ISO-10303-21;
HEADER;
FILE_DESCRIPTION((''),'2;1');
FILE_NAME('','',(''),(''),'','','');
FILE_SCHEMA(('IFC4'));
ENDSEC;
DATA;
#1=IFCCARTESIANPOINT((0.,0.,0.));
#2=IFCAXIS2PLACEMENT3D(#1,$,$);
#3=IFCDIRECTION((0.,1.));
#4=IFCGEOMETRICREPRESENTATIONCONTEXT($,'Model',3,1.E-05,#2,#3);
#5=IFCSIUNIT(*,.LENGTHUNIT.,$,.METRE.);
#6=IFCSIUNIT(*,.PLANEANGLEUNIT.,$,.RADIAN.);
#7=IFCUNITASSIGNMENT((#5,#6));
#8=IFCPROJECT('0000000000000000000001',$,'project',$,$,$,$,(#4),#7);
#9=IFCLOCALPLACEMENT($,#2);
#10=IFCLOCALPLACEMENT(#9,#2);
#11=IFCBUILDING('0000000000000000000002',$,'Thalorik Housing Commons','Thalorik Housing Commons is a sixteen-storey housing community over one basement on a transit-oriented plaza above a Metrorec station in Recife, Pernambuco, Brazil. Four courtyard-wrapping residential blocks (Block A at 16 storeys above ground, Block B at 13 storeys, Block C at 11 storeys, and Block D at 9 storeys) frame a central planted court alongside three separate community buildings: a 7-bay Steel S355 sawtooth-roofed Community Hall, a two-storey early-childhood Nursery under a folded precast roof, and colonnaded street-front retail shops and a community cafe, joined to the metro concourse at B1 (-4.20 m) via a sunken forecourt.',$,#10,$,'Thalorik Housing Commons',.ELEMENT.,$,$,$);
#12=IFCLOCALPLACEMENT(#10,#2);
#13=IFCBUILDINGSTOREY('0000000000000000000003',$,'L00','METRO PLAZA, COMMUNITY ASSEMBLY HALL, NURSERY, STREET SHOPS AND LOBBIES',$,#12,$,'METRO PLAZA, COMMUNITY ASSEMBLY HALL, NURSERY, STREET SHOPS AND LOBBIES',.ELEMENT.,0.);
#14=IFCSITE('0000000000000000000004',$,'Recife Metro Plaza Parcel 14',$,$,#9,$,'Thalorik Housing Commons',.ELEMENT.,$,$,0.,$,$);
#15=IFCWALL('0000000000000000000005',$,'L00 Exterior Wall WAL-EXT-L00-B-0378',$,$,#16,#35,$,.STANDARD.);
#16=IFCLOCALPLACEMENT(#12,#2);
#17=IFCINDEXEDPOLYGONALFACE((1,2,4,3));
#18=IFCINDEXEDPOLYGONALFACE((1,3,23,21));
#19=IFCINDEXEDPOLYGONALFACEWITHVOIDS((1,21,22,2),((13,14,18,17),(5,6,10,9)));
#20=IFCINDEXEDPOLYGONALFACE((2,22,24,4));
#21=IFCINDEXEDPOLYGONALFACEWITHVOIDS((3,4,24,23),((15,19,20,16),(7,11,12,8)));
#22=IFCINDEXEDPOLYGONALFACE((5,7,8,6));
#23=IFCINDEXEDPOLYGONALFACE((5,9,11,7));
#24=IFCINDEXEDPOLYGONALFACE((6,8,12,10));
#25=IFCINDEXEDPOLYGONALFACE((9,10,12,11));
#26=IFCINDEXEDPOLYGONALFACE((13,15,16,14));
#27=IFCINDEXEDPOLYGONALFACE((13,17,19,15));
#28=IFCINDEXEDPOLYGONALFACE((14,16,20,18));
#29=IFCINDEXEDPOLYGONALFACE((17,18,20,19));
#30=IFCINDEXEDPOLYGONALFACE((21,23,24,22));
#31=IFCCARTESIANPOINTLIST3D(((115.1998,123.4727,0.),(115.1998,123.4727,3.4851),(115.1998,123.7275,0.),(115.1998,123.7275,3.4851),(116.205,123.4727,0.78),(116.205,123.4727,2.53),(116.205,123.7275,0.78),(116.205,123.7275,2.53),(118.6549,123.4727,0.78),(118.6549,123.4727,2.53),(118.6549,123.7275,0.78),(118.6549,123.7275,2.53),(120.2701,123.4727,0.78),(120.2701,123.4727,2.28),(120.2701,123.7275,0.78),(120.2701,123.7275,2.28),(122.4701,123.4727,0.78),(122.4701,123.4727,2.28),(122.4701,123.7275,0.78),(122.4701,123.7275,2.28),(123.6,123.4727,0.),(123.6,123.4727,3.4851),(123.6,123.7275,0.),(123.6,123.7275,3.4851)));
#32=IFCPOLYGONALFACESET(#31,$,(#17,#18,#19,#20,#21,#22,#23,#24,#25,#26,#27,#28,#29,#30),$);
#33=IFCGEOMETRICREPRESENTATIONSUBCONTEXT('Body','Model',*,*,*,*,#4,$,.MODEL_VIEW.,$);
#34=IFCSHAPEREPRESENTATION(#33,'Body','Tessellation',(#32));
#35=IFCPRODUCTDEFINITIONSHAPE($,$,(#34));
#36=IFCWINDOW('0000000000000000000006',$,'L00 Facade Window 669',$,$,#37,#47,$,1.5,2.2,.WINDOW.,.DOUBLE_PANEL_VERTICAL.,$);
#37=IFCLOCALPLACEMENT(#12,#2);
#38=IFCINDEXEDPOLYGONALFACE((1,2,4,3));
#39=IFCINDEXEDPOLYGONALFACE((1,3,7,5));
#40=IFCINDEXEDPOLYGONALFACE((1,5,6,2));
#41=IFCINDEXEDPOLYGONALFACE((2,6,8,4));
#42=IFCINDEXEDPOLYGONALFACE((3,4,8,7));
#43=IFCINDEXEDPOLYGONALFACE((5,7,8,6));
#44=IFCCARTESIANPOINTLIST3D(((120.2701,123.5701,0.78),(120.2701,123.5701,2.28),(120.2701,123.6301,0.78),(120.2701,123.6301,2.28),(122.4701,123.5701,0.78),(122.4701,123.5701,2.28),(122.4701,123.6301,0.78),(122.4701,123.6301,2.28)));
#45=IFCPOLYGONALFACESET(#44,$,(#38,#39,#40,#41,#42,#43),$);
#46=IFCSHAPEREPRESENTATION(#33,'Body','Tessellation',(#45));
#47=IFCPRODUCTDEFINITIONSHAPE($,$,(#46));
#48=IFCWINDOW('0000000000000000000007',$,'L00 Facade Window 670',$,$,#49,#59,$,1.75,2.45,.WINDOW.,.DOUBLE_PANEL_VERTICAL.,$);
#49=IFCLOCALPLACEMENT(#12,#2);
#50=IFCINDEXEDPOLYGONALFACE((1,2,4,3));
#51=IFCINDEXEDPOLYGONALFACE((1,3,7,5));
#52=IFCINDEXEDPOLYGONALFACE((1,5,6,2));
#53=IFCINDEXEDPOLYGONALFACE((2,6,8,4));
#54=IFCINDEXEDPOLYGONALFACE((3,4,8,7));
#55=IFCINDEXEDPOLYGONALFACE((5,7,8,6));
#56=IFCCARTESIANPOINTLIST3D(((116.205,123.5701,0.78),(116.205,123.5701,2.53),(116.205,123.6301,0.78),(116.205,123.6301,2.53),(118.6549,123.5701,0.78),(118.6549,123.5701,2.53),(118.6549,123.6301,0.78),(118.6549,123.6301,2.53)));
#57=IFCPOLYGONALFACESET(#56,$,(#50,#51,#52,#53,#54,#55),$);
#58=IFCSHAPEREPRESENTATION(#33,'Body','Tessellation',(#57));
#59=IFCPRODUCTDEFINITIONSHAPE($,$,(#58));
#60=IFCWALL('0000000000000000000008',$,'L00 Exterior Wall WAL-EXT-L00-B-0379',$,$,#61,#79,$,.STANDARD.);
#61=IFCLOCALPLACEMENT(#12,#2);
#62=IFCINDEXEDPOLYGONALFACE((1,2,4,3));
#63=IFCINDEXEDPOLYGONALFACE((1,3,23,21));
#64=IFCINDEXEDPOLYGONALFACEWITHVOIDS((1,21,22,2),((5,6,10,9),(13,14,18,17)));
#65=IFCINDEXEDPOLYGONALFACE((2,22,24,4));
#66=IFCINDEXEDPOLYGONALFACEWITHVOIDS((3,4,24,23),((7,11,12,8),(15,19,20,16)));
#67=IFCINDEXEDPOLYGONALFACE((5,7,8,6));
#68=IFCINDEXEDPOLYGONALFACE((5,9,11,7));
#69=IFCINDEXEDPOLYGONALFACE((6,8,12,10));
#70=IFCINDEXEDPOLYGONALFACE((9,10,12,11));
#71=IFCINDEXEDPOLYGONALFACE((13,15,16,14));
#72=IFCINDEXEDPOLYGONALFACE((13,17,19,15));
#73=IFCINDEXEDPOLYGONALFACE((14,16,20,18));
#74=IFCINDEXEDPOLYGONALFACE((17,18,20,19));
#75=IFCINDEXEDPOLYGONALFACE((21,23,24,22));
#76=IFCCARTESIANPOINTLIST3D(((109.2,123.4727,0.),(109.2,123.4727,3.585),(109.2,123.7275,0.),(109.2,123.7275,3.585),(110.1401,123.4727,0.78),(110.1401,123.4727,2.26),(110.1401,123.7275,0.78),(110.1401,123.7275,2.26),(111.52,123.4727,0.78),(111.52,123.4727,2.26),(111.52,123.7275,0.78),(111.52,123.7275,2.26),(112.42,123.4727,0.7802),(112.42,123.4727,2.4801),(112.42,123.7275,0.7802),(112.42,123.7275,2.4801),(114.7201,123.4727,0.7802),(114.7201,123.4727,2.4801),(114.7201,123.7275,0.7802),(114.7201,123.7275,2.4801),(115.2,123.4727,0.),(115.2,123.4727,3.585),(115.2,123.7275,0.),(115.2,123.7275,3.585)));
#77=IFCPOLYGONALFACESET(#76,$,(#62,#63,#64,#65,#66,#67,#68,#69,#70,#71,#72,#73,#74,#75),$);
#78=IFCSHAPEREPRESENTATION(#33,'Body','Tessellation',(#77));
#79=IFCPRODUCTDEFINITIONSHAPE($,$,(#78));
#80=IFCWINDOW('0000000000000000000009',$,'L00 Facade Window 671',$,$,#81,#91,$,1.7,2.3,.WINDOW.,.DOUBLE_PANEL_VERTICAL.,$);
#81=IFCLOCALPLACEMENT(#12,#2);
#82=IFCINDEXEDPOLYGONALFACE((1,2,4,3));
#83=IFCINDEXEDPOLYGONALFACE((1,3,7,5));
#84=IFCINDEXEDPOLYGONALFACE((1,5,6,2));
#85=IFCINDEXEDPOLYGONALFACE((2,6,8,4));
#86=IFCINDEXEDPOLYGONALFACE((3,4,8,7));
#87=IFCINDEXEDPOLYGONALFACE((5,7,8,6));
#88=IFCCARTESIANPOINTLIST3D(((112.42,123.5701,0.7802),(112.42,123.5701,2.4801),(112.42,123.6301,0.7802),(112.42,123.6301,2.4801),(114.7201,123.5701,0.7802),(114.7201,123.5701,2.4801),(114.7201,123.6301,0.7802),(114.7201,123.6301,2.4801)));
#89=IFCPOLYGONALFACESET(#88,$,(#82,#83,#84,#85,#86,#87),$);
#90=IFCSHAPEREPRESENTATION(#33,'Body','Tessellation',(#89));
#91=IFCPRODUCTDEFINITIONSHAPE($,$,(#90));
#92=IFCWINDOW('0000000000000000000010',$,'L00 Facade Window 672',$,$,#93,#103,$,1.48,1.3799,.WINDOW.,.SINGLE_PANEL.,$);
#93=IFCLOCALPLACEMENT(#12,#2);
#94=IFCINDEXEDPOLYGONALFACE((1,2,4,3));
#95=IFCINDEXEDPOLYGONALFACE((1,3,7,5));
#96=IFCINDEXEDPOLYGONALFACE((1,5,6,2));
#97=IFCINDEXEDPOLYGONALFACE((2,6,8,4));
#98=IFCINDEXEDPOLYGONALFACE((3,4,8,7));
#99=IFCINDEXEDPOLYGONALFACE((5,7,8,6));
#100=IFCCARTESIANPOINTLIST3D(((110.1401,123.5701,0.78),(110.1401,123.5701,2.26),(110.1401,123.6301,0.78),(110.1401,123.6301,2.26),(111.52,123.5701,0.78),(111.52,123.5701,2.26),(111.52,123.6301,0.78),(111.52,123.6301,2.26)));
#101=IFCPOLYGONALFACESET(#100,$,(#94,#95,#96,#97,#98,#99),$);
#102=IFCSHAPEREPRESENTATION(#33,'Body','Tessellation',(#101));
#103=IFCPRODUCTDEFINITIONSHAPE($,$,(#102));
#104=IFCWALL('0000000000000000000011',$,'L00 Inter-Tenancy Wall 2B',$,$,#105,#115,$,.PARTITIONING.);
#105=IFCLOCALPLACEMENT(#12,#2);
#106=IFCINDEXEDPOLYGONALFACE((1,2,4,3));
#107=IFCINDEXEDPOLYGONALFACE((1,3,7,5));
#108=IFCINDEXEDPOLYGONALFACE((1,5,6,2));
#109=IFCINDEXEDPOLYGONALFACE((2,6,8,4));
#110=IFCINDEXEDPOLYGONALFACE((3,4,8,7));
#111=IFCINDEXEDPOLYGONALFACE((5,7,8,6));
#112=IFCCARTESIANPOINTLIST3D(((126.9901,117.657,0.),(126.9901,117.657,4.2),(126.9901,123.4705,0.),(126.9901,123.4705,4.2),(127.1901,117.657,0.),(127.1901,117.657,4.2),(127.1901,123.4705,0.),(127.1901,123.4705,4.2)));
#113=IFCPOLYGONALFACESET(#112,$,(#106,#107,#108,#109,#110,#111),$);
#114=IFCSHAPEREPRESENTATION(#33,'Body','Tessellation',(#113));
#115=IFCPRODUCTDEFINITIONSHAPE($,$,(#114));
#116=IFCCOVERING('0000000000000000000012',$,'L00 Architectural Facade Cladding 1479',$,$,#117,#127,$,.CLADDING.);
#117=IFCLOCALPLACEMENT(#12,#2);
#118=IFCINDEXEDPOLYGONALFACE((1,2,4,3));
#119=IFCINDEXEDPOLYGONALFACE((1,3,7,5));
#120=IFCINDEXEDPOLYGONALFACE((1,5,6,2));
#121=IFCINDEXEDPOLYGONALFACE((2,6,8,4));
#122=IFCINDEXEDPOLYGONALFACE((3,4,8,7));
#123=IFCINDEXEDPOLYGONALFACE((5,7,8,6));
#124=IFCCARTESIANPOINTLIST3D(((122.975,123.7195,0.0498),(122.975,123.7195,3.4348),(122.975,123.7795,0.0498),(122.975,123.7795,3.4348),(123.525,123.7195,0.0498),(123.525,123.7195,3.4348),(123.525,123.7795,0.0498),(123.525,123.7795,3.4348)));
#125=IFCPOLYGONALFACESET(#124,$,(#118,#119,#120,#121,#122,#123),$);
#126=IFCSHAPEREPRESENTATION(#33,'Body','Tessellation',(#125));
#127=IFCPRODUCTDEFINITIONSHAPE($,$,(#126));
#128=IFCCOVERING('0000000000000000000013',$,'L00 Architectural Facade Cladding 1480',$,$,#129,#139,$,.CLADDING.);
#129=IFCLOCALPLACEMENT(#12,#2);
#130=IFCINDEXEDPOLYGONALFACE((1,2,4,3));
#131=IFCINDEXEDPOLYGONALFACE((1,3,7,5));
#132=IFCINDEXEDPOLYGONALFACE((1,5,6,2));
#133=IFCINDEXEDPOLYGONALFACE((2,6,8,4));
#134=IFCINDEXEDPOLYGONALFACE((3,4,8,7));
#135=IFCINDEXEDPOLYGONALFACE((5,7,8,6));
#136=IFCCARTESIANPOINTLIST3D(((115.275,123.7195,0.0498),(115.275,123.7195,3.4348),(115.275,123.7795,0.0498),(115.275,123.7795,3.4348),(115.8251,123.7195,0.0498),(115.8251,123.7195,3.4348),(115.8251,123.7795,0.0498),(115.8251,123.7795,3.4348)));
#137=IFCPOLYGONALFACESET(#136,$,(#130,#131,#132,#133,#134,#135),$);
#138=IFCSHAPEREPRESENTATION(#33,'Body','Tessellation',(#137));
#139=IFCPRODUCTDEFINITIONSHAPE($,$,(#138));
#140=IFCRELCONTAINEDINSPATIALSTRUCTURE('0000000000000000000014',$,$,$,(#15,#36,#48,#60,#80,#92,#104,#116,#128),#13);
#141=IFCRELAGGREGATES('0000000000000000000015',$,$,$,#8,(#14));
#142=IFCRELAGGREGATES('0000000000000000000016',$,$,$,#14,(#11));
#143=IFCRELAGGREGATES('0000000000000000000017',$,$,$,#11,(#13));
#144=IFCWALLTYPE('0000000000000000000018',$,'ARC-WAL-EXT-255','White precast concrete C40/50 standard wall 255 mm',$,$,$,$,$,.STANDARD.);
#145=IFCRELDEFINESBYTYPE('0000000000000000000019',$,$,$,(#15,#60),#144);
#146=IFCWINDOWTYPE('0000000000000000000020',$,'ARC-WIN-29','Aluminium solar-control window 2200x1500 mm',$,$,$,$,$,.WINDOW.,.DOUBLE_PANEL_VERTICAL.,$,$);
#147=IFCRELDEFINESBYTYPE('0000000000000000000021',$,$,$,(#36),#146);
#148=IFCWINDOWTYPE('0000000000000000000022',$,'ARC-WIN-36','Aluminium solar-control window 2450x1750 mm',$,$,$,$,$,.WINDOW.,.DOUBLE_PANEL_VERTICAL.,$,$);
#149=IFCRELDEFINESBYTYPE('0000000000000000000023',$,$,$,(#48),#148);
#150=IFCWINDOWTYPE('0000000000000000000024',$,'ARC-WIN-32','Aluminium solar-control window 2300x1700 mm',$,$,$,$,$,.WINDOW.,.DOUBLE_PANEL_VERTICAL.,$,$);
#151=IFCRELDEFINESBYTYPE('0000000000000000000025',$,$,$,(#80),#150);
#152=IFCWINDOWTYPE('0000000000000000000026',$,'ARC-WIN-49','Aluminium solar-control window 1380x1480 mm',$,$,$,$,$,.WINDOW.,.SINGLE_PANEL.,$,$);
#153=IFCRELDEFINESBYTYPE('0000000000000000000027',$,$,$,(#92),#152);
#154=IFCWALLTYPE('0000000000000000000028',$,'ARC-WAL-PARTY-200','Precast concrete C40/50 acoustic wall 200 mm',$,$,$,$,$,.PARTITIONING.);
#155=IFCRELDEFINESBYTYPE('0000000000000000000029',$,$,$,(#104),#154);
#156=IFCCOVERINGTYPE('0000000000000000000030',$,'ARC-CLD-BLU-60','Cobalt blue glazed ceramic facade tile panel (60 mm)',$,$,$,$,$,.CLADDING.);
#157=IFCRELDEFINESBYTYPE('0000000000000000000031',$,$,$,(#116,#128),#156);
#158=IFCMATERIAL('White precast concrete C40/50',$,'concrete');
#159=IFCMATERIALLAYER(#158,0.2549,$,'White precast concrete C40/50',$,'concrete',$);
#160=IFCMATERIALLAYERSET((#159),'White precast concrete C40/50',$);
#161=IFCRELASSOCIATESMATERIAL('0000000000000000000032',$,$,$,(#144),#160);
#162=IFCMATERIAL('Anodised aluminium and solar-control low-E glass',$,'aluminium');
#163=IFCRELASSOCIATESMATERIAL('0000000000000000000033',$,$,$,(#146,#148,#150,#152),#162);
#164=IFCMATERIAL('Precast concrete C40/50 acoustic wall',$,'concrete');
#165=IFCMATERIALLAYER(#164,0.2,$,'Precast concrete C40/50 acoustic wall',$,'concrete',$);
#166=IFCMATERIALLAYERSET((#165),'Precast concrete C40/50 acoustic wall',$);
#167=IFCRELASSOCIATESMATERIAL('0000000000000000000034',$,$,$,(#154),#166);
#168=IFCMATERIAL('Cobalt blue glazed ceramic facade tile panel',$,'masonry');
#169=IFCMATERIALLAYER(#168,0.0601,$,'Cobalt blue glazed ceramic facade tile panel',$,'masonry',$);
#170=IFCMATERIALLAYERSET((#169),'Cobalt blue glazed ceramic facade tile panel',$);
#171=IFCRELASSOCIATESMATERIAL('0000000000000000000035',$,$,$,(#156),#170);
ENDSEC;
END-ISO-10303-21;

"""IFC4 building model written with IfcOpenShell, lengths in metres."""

from ifc_helpers import new_model, si_unit, direction, frame, frame_2d, origin, origin_2d, place, context, subcontext, project, spatial, rectangle, extrude, material, layer, layer_set, type_object, element, fill, save


model = new_model("IFC4")

# Units and contexts
model_context = context("Model", 3, precision=1e-05, world=origin(), true_north=direction((0.0, 1.0)))
body_context = subcontext(model_context, "Body", "Model", "MODEL_VIEW")
ifc_project = project(units=[si_unit("LENGTHUNIT", "METRE"), si_unit("PLANEANGLEUNIT", "RADIAN")], contexts=[model_context])

# Site, building, storey
site_placement = place(None, origin())
site = spatial("IfcSite", under=ifc_project, at=site_placement, Name="Recife Metro Plaza Parcel 14", LongName="Thalorik Housing Commons", CompositionType="ELEMENT", RefElevation=0.0)
building_placement = place(site_placement, origin())
building = spatial("IfcBuilding", under=site, at=building_placement, Name="Thalorik Housing Commons", Description="Thalorik Housing Commons is a sixteen-storey housing community over one basement on a transit-oriented plaza above a Metrorec station in Recife, Pernambuco, Brazil. Four courtyard-wrapping residential blocks (Block A at 16 storeys above ground, Block B at 13 storeys, Block C at 11 storeys, and Block D at 9 storeys) frame a central planted court alongside three separate community buildings: a 7-bay Steel S355 sawtooth-roofed Community Hall, a two-storey early-childhood Nursery under a folded precast roof, and colonnaded street-front retail shops and a community cafe, joined to the metro concourse at B1 (-4.20 m) via a sunken forecourt.", LongName="Thalorik Housing Commons", CompositionType="ELEMENT")
storey_placement = place(building_placement, origin())
storey = spatial("IfcBuildingStorey", under=building, at=storey_placement, Name="L00", Description="METRO PLAZA, COMMUNITY ASSEMBLY HALL, NURSERY, STREET SHOPS AND LOBBIES", LongName="METRO PLAZA, COMMUNITY ASSEMBLY HALL, NURSERY, STREET SHOPS AND LOBBIES", CompositionType="ELEMENT", Elevation=0.0)

# Walls, openings, windows
ifc_material_1 = material(Name="White precast concrete C40/50", Category="concrete")
ifc_layer_1 = layer(ifc_material_1, 0.2549, Name="White precast concrete C40/50", Category="concrete")
ifc_layer_set_1 = layer_set([ifc_layer_1], Name="White precast concrete C40/50")
wall_type_1 = type_object("IfcWallType", Name="ARC-WAL-EXT-255", Description="White precast concrete C40/50 standard wall 255 mm", PredefinedType="STANDARD", material=ifc_layer_set_1)
ifc_material_2 = material(Name="Anodised aluminium and solar-control low-E glass", Category="aluminium")
wall_1_placement = place(storey_placement, frame((123.6001, 123.6001, 0.0), z_axis=(0.0, 0.0, 1.0), x_axis=(-1.0, 0.0, 0.0)))
wall_1 = element("IfcWall", 1, at=wall_1_placement, inside=storey, type_object=wall_type_1, Name="L00 Exterior Wall WAL-EXT-L00-B-0378", PredefinedType="STANDARD", context=body_context, shape_type="SweptSolid", body=[
    extrude(rectangle(XDim=8.4001, YDim=0.2549, at=frame_2d((4.2002, 0.0))), origin(), (0.0, 0.0, 1.0), 3.4851),
])
opening_1_placement = place(wall_1_placement, frame((1.1299, 0.0, 0.78)))
opening_1 = element("IfcOpeningElement", 2, at=opening_1_placement, cuts=wall_1, PredefinedType="OPENING", context=body_context, shape_type="SweptSolid", body=[
    extrude(rectangle(XDim=2.2, YDim=1.5, at=frame_2d((1.1001, 0.75))), frame((0.0, 0.1375, 0.0), z_axis=(0.0, -1.0, 0.0), x_axis=(1.0, 0.0, 0.0)), (0.0, 0.0, 1.0), 0.2749),
])
opening_2_placement = place(wall_1_placement, frame((4.9451, 0.0, 0.78)))
opening_2 = element("IfcOpeningElement", 3, at=opening_2_placement, cuts=wall_1, PredefinedType="OPENING", context=body_context, shape_type="SweptSolid", body=[
    extrude(rectangle(XDim=2.45, YDim=1.75, at=frame_2d((1.2251, 0.875))), frame((0.0, 0.1375, 0.0), z_axis=(0.0, -1.0, 0.0), x_axis=(1.0, 0.0, 0.0)), (0.0, 0.0, 1.0), 0.2749),
])
window_type_1 = type_object("IfcWindowType", Name="ARC-WIN-29", Description="Aluminium solar-control window 2200x1500 mm", PartitioningType="DOUBLE_PANEL_VERTICAL", PredefinedType="WINDOW", material=ifc_material_2)
window_1_placement = place(opening_1_placement, origin())
window_1 = element("IfcWindow", 4, at=window_1_placement, inside=storey, type_object=window_type_1, Name="L00 Facade Window 669", OverallHeight=1.5, OverallWidth=2.2, PartitioningType="DOUBLE_PANEL_VERTICAL", PredefinedType="WINDOW", context=body_context, shape_type="SweptSolid", body=[
    extrude(rectangle(XDim=2.2, YDim=1.5, at=frame_2d((1.1001, 0.75))), frame((0.0, 0.03, 0.0), z_axis=(0.0, -1.0, 0.0), x_axis=(1.0, 0.0, 0.0)), (0.0, 0.0, 1.0), 0.0601),
])
fill(opening_1, window_1)
window_type_2 = type_object("IfcWindowType", Name="ARC-WIN-36", Description="Aluminium solar-control window 2450x1750 mm", PartitioningType="DOUBLE_PANEL_VERTICAL", PredefinedType="WINDOW", material=ifc_material_2)
window_2_placement = place(opening_2_placement, origin())
window_2 = element("IfcWindow", 5, at=window_2_placement, inside=storey, type_object=window_type_2, Name="L00 Facade Window 670", OverallHeight=1.75, OverallWidth=2.45, PartitioningType="DOUBLE_PANEL_VERTICAL", PredefinedType="WINDOW", context=body_context, shape_type="SweptSolid", body=[
    extrude(rectangle(XDim=2.45, YDim=1.75, at=frame_2d((1.2251, 0.875))), frame((0.0, 0.03, 0.0), z_axis=(0.0, -1.0, 0.0), x_axis=(1.0, 0.0, 0.0)), (0.0, 0.0, 1.0), 0.0601),
])
fill(opening_2, window_2)
wall_2_placement = place(storey_placement, frame((115.2, 123.6001, 0.0), z_axis=(0.0, 0.0, 1.0), x_axis=(-1.0, 0.0, 0.0)))
wall_2 = element("IfcWall", 6, at=wall_2_placement, inside=storey, type_object=wall_type_1, Name="L00 Exterior Wall WAL-EXT-L00-B-0379", PredefinedType="STANDARD", context=body_context, shape_type="SweptSolid", body=[
    extrude(rectangle(XDim=6.0, YDim=0.2549, at=frame_2d((3.0, 0.0))), origin(), (0.0, 0.0, 1.0), 3.585),
])
opening_3_placement = place(wall_2_placement, frame((0.48, 0.0, 0.78)))
opening_3 = element("IfcOpeningElement", 7, at=opening_3_placement, cuts=wall_2, PredefinedType="OPENING", context=body_context, shape_type="SweptSolid", body=[
    extrude(rectangle(XDim=2.3, YDim=1.7, at=frame_2d((1.1499, 0.8501))), frame((0.0, 0.1375, 0.0), z_axis=(0.0, -1.0, 0.0), x_axis=(1.0, 0.0, 0.0)), (0.0, 0.0, 1.0), 0.2749),
])
opening_4_placement = place(wall_2_placement, frame((3.6799, 0.0, 0.78)))
opening_4 = element("IfcOpeningElement", 8, at=opening_4_placement, cuts=wall_2, PredefinedType="OPENING", context=body_context, shape_type="SweptSolid", body=[
    extrude(rectangle(XDim=1.3799, YDim=1.48, at=frame_2d((0.6899, 0.74))), frame((0.0, 0.1375, 0.0), z_axis=(0.0, -1.0, 0.0), x_axis=(1.0, 0.0, 0.0)), (0.0, 0.0, 1.0), 0.2749),
])
window_type_3 = type_object("IfcWindowType", Name="ARC-WIN-32", Description="Aluminium solar-control window 2300x1700 mm", PartitioningType="DOUBLE_PANEL_VERTICAL", PredefinedType="WINDOW", material=ifc_material_2)
window_3_placement = place(opening_3_placement, origin())
window_3 = element("IfcWindow", 9, at=window_3_placement, inside=storey, type_object=window_type_3, Name="L00 Facade Window 671", OverallHeight=1.7, OverallWidth=2.3, PartitioningType="DOUBLE_PANEL_VERTICAL", PredefinedType="WINDOW", context=body_context, shape_type="SweptSolid", body=[
    extrude(rectangle(XDim=2.3, YDim=1.7, at=frame_2d((1.1499, 0.8501))), frame((0.0, 0.03, 0.0), z_axis=(0.0, -1.0, 0.0), x_axis=(1.0, 0.0, 0.0)), (0.0, 0.0, 1.0), 0.0601),
])
fill(opening_3, window_3)
window_type_4 = type_object("IfcWindowType", Name="ARC-WIN-49", Description="Aluminium solar-control window 1380x1480 mm", PartitioningType="SINGLE_PANEL", PredefinedType="WINDOW", material=ifc_material_2)
window_4_placement = place(opening_4_placement, origin())
window_4 = element("IfcWindow", 10, at=window_4_placement, inside=storey, type_object=window_type_4, Name="L00 Facade Window 672", OverallHeight=1.48, OverallWidth=1.3799, PartitioningType="SINGLE_PANEL", PredefinedType="WINDOW", context=body_context, shape_type="SweptSolid", body=[
    extrude(rectangle(XDim=1.3799, YDim=1.48, at=frame_2d((0.6899, 0.74))), frame((0.0, 0.03, 0.0), z_axis=(0.0, -1.0, 0.0), x_axis=(1.0, 0.0, 0.0)), (0.0, 0.0, 1.0), 0.0601),
])
fill(opening_4, window_4)

# Wall
ifc_material_3 = material(Name="Precast concrete C40/50 acoustic wall", Category="concrete")
ifc_layer_2 = layer(ifc_material_3, 0.2, Name="Precast concrete C40/50 acoustic wall", Category="concrete")
ifc_layer_set_2 = layer_set([ifc_layer_2], Name="Precast concrete C40/50 acoustic wall")
wall_type_2 = type_object("IfcWallType", Name="ARC-WAL-PARTY-200", Description="Precast concrete C40/50 acoustic wall 200 mm", PredefinedType="PARTITIONING", material=ifc_layer_set_2)
wall_3_placement = place(storey_placement, frame((127.0901, 117.657, 0.0), z_axis=(0.0, 0.0, 1.0), x_axis=(0.0, 1.0, 0.0)))
element("IfcWall", 11, at=wall_3_placement, inside=storey, type_object=wall_type_2, Name="L00 Inter-Tenancy Wall 2B", PredefinedType="PARTITIONING", context=body_context, shape_type="SweptSolid", body=[
    extrude(rectangle(XDim=5.8135, YDim=0.2, at=frame_2d((2.9067, 0.0))), origin(), (0.0, 0.0, 1.0), 4.2),
])

# Coverings
ifc_material_4 = material(Name="Cobalt blue glazed ceramic facade tile panel", Category="masonry")
ifc_layer_3 = layer(ifc_material_4, 0.0601, Name="Cobalt blue glazed ceramic facade tile panel", Category="masonry")
ifc_layer_set_3 = layer_set([ifc_layer_3], Name="Cobalt blue glazed ceramic facade tile panel")
covering_type = type_object("IfcCoveringType", Name="ARC-CLD-BLU-60", Description="Cobalt blue glazed ceramic facade tile panel (60 mm)", PredefinedType="CLADDING", material=ifc_layer_set_3)
for number, where, z_axis, x_axis, name in (
    (12, (123.25, 123.7495, 0.0498), (0.0, 0.0, 1.0), (-1.0, 0.0, 0.0), "L00 Architectural Facade Cladding 1479"),
    (13, (115.55, 123.7495, 0.0498), (0.0, 0.0, 1.0), (-1.0, 0.0, 0.0), "L00 Architectural Facade Cladding 1480"),
):
    element("IfcCovering", number, at=place(storey_placement, frame(where, z_axis=z_axis, x_axis=x_axis)), inside=storey, type_object=covering_type, Name=name, PredefinedType="CLADDING", context=body_context, shape_type="SweptSolid", body=[
        extrude(rectangle(XDim=0.55, YDim=0.0601, at=origin_2d()), origin(), (0.0, 0.0, 1.0), 3.385),
    ])

save(model, "model.ifc")
